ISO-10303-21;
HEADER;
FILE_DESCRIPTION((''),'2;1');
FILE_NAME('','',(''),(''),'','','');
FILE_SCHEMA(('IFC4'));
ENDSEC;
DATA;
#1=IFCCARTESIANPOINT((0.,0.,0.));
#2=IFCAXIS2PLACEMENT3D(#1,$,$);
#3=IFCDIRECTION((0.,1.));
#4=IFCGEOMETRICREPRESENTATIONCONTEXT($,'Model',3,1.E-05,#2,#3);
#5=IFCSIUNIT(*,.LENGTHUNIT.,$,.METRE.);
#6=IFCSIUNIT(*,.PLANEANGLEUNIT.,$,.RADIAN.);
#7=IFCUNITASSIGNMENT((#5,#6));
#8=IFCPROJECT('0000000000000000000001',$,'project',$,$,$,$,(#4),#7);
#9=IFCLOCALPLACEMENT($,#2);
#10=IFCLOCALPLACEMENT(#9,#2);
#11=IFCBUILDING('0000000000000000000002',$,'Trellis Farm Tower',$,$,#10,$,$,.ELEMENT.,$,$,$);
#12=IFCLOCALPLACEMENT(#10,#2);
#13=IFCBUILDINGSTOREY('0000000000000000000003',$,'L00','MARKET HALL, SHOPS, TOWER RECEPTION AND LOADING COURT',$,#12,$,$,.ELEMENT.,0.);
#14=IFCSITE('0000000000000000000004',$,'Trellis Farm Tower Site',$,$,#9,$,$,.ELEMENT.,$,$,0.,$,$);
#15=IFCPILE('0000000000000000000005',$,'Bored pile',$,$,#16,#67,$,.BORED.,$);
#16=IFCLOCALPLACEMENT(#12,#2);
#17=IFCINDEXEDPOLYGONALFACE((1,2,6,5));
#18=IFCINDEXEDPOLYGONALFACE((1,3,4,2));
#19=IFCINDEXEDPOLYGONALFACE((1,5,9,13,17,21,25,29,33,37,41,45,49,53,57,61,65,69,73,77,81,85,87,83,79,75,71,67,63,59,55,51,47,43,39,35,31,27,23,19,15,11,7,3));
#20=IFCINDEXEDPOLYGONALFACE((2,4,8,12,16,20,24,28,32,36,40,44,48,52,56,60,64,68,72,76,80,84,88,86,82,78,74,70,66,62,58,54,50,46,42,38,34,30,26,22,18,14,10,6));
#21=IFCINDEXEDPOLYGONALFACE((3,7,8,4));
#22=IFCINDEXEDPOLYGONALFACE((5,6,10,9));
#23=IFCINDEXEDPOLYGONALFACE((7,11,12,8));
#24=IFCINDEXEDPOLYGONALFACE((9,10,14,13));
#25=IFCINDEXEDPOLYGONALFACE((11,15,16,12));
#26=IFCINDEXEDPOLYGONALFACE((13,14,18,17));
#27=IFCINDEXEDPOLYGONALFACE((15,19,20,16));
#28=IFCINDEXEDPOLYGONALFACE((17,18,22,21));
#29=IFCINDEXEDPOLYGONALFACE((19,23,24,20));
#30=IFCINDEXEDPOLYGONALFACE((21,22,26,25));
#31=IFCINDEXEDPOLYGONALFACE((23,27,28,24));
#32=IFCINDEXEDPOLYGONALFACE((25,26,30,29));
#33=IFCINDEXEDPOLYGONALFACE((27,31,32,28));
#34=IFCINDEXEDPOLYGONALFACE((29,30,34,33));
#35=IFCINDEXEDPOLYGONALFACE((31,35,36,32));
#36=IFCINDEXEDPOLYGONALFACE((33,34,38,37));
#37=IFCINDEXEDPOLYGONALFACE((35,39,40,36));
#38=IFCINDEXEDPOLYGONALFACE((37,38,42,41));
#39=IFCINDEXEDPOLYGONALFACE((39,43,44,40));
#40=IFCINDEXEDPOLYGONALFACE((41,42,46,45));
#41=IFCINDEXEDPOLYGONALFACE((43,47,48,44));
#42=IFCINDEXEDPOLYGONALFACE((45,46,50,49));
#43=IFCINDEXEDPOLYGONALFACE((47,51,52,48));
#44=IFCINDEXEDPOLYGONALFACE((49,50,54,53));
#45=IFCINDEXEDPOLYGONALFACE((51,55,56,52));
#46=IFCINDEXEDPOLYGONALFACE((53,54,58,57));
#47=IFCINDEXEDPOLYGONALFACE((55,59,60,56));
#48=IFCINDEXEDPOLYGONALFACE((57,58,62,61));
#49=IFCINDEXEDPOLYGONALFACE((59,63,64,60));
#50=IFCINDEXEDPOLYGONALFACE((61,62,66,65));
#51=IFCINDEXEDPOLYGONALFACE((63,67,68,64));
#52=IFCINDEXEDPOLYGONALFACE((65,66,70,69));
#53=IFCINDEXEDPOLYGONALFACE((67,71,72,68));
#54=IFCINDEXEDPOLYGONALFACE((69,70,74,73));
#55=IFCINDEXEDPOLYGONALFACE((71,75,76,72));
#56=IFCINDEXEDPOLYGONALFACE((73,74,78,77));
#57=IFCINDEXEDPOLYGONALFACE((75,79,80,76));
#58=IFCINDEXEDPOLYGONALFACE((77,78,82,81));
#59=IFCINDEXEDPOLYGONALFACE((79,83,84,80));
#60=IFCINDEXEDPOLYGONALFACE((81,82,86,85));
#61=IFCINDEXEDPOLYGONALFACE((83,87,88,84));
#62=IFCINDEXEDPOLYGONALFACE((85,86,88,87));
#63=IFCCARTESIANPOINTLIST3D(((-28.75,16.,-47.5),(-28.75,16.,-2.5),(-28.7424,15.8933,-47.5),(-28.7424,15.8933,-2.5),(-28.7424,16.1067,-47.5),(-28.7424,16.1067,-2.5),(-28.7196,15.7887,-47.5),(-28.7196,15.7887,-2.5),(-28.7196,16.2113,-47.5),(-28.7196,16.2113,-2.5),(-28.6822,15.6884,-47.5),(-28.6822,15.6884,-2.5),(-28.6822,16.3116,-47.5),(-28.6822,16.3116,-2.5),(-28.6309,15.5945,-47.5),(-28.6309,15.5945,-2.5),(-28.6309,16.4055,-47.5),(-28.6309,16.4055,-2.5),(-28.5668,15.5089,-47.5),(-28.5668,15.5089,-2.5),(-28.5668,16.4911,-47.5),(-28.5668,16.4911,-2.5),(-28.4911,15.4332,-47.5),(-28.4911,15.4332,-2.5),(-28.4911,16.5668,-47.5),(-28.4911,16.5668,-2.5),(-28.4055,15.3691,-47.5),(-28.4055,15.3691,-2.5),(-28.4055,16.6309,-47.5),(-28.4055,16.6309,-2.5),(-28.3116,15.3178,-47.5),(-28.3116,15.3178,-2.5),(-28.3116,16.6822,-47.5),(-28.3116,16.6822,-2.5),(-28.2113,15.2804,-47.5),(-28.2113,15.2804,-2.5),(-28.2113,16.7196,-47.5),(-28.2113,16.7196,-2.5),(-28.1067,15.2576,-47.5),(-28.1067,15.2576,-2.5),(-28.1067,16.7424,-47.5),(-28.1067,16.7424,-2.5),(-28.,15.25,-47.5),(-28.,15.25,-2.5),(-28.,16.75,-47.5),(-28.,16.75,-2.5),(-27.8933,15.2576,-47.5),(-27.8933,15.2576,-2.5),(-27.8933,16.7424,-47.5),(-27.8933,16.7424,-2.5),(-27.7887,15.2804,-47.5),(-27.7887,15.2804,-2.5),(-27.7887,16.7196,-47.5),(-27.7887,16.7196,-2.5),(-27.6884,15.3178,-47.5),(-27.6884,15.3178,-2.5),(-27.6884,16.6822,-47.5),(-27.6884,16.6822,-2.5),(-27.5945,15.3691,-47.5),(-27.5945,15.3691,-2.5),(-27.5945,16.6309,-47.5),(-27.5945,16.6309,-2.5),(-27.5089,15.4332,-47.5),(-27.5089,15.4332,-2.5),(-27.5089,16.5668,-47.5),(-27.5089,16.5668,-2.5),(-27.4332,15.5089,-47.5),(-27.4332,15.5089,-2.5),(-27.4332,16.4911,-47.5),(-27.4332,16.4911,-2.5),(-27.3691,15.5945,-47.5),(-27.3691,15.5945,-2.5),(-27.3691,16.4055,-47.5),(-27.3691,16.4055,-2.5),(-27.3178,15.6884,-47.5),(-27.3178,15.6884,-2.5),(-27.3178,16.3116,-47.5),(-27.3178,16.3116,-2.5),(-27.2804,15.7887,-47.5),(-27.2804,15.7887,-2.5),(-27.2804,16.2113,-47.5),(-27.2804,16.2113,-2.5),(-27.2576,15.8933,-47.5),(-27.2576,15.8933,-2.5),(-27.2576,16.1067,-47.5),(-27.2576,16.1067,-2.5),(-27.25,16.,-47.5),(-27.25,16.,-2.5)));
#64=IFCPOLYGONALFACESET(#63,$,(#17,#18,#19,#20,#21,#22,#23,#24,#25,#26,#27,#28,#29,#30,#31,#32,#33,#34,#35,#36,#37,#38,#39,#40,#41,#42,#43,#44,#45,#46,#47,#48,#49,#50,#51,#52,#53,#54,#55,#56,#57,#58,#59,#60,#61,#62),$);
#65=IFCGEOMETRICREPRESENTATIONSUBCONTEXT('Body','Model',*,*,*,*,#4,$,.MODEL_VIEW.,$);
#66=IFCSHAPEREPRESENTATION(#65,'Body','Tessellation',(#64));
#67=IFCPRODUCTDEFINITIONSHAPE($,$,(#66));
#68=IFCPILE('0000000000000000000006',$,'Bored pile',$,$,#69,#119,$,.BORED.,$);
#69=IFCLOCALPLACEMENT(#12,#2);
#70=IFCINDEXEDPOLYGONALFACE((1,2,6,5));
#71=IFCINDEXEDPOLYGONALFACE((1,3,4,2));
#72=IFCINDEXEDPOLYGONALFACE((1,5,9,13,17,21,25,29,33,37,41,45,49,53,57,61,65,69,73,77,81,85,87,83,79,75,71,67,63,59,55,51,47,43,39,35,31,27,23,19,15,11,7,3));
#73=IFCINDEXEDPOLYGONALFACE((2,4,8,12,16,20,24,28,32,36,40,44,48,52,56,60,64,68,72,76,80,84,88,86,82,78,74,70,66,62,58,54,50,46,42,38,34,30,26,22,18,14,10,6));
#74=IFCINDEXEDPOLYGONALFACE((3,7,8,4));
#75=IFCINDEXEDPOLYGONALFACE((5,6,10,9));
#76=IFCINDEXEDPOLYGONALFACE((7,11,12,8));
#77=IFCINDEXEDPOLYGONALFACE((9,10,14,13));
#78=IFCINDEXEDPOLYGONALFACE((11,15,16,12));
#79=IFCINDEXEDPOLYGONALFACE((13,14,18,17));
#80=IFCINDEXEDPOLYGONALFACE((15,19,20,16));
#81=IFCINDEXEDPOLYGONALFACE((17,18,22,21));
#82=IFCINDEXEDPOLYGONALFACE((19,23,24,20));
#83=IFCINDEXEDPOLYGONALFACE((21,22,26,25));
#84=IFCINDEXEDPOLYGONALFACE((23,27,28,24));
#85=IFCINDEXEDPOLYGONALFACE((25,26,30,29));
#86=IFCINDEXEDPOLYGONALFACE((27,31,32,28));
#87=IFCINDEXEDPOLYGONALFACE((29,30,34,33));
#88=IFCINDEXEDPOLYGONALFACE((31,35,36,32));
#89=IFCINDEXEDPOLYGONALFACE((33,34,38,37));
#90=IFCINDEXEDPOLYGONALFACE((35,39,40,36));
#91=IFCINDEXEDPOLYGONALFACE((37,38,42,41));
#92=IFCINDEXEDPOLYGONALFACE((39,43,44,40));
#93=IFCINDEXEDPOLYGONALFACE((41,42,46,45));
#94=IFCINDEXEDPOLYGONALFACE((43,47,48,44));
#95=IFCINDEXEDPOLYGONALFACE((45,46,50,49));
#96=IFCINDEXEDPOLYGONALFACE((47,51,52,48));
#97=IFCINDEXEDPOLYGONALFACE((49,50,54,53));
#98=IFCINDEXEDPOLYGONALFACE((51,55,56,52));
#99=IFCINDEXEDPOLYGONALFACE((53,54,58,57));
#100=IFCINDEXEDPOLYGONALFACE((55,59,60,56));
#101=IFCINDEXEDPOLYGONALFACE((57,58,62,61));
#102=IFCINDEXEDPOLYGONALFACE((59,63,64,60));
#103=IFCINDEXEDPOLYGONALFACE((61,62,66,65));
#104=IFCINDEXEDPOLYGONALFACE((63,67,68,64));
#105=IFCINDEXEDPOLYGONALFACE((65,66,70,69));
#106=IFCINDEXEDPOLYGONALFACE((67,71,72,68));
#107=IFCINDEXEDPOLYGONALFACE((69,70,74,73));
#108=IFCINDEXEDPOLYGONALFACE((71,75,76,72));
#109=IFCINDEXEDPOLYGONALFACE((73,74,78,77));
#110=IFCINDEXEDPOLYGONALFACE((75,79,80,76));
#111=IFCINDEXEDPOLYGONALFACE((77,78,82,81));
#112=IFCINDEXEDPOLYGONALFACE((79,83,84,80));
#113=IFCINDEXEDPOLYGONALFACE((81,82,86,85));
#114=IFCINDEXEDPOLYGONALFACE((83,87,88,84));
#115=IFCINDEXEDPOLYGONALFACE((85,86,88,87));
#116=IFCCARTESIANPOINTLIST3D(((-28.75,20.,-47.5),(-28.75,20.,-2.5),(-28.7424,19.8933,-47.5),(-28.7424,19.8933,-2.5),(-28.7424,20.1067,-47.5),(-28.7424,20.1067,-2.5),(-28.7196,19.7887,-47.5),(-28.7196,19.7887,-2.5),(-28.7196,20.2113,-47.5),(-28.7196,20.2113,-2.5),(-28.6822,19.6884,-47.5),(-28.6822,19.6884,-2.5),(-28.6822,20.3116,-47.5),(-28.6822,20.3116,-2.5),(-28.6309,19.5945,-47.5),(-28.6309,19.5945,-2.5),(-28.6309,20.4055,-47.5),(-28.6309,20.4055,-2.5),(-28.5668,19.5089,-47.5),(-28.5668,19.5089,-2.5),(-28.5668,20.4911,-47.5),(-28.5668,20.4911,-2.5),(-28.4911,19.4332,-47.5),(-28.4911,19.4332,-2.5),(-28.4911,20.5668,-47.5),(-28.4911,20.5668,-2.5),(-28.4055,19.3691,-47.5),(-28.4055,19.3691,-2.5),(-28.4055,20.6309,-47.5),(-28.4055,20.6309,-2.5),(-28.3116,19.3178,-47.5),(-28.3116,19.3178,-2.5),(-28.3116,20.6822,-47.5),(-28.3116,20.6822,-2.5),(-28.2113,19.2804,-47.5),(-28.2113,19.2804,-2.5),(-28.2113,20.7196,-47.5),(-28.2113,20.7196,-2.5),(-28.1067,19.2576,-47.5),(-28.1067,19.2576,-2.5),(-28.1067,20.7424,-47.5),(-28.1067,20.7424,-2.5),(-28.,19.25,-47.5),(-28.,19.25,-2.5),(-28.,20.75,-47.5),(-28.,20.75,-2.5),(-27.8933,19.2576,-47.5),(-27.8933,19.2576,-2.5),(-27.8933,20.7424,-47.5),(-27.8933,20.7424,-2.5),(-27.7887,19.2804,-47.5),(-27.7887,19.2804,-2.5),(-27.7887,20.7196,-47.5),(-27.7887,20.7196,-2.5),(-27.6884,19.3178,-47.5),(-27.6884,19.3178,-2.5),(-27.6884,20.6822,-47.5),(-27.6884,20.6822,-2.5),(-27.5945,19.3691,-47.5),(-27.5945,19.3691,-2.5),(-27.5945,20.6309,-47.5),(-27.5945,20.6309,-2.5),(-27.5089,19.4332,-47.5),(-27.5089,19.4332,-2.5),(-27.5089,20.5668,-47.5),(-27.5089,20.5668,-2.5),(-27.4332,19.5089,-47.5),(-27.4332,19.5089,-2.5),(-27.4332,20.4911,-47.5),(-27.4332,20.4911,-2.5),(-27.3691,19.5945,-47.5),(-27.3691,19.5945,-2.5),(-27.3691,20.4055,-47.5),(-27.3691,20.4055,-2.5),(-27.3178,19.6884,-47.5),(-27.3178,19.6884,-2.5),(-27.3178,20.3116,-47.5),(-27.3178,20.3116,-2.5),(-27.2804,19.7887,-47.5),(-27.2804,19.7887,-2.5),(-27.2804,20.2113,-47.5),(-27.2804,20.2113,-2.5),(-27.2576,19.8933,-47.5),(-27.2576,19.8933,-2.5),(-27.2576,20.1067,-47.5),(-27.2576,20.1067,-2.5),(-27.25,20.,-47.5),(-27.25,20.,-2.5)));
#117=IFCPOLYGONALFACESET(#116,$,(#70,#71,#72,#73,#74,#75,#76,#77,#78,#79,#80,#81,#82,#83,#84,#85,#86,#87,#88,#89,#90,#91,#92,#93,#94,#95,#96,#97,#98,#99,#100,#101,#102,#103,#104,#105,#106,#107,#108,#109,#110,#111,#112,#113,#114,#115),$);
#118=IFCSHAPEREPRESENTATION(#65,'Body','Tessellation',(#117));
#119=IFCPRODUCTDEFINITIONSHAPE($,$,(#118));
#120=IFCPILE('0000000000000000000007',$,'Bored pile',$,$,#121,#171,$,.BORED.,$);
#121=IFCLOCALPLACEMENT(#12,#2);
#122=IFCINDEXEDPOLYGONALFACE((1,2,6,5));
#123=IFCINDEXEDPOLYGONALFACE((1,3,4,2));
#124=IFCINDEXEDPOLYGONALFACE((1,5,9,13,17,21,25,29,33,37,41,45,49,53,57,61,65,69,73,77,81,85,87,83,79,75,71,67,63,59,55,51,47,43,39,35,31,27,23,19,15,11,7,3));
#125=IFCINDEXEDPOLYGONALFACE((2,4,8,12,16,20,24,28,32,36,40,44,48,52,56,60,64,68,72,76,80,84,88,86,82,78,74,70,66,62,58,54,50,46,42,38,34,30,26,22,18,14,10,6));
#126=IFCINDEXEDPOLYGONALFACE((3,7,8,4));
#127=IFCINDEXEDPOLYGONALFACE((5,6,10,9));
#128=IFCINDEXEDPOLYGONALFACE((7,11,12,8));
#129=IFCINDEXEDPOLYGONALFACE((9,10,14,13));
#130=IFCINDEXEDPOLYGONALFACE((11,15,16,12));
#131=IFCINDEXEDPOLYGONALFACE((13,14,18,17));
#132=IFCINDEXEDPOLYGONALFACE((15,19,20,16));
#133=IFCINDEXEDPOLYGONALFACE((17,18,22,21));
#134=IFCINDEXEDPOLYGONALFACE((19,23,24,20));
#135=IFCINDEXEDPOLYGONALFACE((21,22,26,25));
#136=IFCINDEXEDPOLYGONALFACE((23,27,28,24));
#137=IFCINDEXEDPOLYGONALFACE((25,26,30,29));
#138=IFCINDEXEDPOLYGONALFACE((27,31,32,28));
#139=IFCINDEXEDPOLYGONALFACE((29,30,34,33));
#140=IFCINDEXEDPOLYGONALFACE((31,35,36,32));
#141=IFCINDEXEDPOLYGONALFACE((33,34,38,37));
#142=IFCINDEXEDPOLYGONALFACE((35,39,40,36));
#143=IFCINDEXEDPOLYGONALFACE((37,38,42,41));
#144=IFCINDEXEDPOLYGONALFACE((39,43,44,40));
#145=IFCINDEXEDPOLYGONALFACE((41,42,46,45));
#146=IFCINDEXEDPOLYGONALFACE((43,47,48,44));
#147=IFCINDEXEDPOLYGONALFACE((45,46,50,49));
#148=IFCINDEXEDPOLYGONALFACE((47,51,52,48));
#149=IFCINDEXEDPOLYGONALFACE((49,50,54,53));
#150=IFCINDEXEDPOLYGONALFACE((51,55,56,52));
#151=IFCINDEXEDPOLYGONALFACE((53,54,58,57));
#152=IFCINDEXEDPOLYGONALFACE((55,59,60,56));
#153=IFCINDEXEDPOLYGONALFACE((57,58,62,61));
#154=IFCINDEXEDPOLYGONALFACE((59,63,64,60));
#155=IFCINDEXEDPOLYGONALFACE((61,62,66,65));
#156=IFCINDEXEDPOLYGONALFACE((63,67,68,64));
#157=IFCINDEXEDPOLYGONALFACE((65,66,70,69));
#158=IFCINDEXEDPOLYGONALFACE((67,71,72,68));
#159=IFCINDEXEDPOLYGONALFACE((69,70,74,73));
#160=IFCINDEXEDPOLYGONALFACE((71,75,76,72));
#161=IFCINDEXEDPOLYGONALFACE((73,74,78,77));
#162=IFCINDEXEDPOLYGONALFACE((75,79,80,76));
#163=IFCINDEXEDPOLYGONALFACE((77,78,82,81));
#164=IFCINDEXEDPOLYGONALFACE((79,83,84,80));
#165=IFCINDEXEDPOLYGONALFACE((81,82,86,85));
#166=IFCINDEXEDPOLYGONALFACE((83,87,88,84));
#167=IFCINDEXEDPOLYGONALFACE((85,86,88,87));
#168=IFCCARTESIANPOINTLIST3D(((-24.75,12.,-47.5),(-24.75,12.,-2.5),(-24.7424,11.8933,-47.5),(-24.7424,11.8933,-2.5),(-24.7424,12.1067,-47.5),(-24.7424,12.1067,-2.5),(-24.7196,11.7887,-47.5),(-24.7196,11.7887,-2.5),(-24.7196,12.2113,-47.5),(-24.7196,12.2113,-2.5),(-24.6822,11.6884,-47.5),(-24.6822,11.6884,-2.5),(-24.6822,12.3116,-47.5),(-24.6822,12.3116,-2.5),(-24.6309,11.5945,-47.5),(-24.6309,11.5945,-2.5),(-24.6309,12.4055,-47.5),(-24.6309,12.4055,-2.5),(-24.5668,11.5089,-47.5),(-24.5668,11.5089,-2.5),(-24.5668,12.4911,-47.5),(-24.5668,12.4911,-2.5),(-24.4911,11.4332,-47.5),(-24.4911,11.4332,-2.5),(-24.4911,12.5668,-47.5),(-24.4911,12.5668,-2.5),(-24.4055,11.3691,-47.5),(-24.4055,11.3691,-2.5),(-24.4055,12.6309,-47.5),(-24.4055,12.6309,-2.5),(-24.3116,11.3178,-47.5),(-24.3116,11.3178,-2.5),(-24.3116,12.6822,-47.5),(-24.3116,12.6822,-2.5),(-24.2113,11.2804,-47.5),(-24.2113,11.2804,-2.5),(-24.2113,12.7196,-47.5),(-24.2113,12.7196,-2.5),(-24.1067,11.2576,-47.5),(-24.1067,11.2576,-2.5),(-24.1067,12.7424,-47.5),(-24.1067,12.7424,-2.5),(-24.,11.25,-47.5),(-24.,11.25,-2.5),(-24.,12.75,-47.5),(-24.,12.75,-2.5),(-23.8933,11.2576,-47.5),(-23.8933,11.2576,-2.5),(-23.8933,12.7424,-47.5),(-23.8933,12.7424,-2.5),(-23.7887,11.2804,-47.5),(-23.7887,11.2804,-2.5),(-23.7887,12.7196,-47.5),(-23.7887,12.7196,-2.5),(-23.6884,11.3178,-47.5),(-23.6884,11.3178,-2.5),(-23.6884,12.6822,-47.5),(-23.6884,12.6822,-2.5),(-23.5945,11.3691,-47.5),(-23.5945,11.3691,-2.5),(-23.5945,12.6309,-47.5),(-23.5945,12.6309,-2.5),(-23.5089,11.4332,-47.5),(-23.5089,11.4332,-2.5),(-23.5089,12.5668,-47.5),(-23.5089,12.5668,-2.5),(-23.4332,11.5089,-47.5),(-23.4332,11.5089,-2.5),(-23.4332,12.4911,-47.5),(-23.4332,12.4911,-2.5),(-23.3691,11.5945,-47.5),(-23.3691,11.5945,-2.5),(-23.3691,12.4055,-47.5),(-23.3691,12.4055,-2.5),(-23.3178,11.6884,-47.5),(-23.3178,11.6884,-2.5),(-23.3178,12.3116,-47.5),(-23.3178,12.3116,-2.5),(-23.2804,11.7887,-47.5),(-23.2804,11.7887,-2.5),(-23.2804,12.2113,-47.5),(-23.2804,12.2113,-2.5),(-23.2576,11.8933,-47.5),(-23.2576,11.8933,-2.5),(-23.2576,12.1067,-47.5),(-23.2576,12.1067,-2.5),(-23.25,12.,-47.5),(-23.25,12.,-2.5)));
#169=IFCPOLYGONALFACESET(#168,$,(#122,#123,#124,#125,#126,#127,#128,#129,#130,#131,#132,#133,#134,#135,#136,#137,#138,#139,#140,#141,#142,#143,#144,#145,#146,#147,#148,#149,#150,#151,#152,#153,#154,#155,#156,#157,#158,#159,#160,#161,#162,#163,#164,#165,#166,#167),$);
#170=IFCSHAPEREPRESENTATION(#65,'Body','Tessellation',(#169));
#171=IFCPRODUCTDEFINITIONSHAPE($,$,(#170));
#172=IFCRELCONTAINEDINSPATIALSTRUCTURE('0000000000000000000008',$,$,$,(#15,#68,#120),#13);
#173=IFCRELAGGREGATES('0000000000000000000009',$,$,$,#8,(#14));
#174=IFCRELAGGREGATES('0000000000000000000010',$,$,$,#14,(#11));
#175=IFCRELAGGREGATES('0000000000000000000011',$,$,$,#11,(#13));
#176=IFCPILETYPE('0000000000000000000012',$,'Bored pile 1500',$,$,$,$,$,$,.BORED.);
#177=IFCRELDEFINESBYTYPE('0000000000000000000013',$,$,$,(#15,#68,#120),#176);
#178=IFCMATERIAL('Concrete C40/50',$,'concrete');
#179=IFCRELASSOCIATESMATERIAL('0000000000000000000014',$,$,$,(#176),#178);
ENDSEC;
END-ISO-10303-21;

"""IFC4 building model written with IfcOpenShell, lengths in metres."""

from ifc_helpers import new_model, si_unit, direction, frame, origin, origin_2d, place, context, subcontext, project, spatial, circle, extrude, source, transform, mapped, material, material_profile, profile_set, type_object, element, save


model = new_model("IFC4")

# Units and contexts
model_context = context("Model", 3, precision=1e-05, world=origin(), true_north=direction((0.0, 1.0)))
body_context = subcontext(model_context, "Body", "Model", "MODEL_VIEW")
ifc_project = project(units=[si_unit("LENGTHUNIT", "METRE"), si_unit("PLANEANGLEUNIT", "RADIAN")], contexts=[model_context])

# Site, building, storey
site_placement = place(None, origin())
site = spatial("IfcSite", under=ifc_project, at=site_placement, Name="Trellis Farm Tower Site", CompositionType="ELEMENT", RefElevation=0.0)
building_placement = place(site_placement, origin())
building = spatial("IfcBuilding", under=site, at=building_placement, Name="Trellis Farm Tower", CompositionType="ELEMENT")
storey_placement = place(building_placement, origin())
storey = spatial("IfcBuildingStorey", under=building, at=storey_placement, Name="L00", Description="MARKET HALL, SHOPS, TOWER RECEPTION AND LOADING COURT", CompositionType="ELEMENT", Elevation=0.0)

# Piles
ifc_material_1 = material(Name="Concrete C40/50", Category="concrete")
ifc_material_profile_1 = material_profile(ifc_material_1, circle(Radius=0.75, at=origin_2d()), Name="Bored pile 1500")
ifc_profile_set_1 = profile_set([ifc_material_profile_1], Name="Concrete C40/50")
pile_type = type_object("IfcPileType", Name="Bored pile 1500", PredefinedType="BORED", material=ifc_profile_set_1)
shared_shape_1 = source(origin(), body_context, "Body", "SweptSolid", [
    extrude(circle(Radius=0.75, at=origin_2d()), origin(), (0.0, 0.0, 1.0), 45.0),
])
for number, where, z_axis, x_axis, name in (
    (1, (-28.0, 16.0, -2.5), (0.0, 0.0, -1.0), (1.0, 0.0, 0.0), "Bored pile"),
    (2, (-28.0, 20.0, -2.5), (0.0, 0.0, -1.0), (1.0, 0.0, 0.0), "Bored pile"),
    (3, (-24.0, 12.0, -2.5), (0.0, 0.0, -1.0), (1.0, 0.0, 0.0), "Bored pile"),
):
    element("IfcPile", number, at=place(storey_placement, frame(where, z_axis=z_axis, x_axis=x_axis)), inside=storey, type_object=pile_type, Name=name, PredefinedType="BORED", context=body_context, shape_type="MappedRepresentation", body=[
        mapped(shared_shape_1, transform((0.0, 0.0, 0.0))),
    ])

save(model, "model.ifc")
